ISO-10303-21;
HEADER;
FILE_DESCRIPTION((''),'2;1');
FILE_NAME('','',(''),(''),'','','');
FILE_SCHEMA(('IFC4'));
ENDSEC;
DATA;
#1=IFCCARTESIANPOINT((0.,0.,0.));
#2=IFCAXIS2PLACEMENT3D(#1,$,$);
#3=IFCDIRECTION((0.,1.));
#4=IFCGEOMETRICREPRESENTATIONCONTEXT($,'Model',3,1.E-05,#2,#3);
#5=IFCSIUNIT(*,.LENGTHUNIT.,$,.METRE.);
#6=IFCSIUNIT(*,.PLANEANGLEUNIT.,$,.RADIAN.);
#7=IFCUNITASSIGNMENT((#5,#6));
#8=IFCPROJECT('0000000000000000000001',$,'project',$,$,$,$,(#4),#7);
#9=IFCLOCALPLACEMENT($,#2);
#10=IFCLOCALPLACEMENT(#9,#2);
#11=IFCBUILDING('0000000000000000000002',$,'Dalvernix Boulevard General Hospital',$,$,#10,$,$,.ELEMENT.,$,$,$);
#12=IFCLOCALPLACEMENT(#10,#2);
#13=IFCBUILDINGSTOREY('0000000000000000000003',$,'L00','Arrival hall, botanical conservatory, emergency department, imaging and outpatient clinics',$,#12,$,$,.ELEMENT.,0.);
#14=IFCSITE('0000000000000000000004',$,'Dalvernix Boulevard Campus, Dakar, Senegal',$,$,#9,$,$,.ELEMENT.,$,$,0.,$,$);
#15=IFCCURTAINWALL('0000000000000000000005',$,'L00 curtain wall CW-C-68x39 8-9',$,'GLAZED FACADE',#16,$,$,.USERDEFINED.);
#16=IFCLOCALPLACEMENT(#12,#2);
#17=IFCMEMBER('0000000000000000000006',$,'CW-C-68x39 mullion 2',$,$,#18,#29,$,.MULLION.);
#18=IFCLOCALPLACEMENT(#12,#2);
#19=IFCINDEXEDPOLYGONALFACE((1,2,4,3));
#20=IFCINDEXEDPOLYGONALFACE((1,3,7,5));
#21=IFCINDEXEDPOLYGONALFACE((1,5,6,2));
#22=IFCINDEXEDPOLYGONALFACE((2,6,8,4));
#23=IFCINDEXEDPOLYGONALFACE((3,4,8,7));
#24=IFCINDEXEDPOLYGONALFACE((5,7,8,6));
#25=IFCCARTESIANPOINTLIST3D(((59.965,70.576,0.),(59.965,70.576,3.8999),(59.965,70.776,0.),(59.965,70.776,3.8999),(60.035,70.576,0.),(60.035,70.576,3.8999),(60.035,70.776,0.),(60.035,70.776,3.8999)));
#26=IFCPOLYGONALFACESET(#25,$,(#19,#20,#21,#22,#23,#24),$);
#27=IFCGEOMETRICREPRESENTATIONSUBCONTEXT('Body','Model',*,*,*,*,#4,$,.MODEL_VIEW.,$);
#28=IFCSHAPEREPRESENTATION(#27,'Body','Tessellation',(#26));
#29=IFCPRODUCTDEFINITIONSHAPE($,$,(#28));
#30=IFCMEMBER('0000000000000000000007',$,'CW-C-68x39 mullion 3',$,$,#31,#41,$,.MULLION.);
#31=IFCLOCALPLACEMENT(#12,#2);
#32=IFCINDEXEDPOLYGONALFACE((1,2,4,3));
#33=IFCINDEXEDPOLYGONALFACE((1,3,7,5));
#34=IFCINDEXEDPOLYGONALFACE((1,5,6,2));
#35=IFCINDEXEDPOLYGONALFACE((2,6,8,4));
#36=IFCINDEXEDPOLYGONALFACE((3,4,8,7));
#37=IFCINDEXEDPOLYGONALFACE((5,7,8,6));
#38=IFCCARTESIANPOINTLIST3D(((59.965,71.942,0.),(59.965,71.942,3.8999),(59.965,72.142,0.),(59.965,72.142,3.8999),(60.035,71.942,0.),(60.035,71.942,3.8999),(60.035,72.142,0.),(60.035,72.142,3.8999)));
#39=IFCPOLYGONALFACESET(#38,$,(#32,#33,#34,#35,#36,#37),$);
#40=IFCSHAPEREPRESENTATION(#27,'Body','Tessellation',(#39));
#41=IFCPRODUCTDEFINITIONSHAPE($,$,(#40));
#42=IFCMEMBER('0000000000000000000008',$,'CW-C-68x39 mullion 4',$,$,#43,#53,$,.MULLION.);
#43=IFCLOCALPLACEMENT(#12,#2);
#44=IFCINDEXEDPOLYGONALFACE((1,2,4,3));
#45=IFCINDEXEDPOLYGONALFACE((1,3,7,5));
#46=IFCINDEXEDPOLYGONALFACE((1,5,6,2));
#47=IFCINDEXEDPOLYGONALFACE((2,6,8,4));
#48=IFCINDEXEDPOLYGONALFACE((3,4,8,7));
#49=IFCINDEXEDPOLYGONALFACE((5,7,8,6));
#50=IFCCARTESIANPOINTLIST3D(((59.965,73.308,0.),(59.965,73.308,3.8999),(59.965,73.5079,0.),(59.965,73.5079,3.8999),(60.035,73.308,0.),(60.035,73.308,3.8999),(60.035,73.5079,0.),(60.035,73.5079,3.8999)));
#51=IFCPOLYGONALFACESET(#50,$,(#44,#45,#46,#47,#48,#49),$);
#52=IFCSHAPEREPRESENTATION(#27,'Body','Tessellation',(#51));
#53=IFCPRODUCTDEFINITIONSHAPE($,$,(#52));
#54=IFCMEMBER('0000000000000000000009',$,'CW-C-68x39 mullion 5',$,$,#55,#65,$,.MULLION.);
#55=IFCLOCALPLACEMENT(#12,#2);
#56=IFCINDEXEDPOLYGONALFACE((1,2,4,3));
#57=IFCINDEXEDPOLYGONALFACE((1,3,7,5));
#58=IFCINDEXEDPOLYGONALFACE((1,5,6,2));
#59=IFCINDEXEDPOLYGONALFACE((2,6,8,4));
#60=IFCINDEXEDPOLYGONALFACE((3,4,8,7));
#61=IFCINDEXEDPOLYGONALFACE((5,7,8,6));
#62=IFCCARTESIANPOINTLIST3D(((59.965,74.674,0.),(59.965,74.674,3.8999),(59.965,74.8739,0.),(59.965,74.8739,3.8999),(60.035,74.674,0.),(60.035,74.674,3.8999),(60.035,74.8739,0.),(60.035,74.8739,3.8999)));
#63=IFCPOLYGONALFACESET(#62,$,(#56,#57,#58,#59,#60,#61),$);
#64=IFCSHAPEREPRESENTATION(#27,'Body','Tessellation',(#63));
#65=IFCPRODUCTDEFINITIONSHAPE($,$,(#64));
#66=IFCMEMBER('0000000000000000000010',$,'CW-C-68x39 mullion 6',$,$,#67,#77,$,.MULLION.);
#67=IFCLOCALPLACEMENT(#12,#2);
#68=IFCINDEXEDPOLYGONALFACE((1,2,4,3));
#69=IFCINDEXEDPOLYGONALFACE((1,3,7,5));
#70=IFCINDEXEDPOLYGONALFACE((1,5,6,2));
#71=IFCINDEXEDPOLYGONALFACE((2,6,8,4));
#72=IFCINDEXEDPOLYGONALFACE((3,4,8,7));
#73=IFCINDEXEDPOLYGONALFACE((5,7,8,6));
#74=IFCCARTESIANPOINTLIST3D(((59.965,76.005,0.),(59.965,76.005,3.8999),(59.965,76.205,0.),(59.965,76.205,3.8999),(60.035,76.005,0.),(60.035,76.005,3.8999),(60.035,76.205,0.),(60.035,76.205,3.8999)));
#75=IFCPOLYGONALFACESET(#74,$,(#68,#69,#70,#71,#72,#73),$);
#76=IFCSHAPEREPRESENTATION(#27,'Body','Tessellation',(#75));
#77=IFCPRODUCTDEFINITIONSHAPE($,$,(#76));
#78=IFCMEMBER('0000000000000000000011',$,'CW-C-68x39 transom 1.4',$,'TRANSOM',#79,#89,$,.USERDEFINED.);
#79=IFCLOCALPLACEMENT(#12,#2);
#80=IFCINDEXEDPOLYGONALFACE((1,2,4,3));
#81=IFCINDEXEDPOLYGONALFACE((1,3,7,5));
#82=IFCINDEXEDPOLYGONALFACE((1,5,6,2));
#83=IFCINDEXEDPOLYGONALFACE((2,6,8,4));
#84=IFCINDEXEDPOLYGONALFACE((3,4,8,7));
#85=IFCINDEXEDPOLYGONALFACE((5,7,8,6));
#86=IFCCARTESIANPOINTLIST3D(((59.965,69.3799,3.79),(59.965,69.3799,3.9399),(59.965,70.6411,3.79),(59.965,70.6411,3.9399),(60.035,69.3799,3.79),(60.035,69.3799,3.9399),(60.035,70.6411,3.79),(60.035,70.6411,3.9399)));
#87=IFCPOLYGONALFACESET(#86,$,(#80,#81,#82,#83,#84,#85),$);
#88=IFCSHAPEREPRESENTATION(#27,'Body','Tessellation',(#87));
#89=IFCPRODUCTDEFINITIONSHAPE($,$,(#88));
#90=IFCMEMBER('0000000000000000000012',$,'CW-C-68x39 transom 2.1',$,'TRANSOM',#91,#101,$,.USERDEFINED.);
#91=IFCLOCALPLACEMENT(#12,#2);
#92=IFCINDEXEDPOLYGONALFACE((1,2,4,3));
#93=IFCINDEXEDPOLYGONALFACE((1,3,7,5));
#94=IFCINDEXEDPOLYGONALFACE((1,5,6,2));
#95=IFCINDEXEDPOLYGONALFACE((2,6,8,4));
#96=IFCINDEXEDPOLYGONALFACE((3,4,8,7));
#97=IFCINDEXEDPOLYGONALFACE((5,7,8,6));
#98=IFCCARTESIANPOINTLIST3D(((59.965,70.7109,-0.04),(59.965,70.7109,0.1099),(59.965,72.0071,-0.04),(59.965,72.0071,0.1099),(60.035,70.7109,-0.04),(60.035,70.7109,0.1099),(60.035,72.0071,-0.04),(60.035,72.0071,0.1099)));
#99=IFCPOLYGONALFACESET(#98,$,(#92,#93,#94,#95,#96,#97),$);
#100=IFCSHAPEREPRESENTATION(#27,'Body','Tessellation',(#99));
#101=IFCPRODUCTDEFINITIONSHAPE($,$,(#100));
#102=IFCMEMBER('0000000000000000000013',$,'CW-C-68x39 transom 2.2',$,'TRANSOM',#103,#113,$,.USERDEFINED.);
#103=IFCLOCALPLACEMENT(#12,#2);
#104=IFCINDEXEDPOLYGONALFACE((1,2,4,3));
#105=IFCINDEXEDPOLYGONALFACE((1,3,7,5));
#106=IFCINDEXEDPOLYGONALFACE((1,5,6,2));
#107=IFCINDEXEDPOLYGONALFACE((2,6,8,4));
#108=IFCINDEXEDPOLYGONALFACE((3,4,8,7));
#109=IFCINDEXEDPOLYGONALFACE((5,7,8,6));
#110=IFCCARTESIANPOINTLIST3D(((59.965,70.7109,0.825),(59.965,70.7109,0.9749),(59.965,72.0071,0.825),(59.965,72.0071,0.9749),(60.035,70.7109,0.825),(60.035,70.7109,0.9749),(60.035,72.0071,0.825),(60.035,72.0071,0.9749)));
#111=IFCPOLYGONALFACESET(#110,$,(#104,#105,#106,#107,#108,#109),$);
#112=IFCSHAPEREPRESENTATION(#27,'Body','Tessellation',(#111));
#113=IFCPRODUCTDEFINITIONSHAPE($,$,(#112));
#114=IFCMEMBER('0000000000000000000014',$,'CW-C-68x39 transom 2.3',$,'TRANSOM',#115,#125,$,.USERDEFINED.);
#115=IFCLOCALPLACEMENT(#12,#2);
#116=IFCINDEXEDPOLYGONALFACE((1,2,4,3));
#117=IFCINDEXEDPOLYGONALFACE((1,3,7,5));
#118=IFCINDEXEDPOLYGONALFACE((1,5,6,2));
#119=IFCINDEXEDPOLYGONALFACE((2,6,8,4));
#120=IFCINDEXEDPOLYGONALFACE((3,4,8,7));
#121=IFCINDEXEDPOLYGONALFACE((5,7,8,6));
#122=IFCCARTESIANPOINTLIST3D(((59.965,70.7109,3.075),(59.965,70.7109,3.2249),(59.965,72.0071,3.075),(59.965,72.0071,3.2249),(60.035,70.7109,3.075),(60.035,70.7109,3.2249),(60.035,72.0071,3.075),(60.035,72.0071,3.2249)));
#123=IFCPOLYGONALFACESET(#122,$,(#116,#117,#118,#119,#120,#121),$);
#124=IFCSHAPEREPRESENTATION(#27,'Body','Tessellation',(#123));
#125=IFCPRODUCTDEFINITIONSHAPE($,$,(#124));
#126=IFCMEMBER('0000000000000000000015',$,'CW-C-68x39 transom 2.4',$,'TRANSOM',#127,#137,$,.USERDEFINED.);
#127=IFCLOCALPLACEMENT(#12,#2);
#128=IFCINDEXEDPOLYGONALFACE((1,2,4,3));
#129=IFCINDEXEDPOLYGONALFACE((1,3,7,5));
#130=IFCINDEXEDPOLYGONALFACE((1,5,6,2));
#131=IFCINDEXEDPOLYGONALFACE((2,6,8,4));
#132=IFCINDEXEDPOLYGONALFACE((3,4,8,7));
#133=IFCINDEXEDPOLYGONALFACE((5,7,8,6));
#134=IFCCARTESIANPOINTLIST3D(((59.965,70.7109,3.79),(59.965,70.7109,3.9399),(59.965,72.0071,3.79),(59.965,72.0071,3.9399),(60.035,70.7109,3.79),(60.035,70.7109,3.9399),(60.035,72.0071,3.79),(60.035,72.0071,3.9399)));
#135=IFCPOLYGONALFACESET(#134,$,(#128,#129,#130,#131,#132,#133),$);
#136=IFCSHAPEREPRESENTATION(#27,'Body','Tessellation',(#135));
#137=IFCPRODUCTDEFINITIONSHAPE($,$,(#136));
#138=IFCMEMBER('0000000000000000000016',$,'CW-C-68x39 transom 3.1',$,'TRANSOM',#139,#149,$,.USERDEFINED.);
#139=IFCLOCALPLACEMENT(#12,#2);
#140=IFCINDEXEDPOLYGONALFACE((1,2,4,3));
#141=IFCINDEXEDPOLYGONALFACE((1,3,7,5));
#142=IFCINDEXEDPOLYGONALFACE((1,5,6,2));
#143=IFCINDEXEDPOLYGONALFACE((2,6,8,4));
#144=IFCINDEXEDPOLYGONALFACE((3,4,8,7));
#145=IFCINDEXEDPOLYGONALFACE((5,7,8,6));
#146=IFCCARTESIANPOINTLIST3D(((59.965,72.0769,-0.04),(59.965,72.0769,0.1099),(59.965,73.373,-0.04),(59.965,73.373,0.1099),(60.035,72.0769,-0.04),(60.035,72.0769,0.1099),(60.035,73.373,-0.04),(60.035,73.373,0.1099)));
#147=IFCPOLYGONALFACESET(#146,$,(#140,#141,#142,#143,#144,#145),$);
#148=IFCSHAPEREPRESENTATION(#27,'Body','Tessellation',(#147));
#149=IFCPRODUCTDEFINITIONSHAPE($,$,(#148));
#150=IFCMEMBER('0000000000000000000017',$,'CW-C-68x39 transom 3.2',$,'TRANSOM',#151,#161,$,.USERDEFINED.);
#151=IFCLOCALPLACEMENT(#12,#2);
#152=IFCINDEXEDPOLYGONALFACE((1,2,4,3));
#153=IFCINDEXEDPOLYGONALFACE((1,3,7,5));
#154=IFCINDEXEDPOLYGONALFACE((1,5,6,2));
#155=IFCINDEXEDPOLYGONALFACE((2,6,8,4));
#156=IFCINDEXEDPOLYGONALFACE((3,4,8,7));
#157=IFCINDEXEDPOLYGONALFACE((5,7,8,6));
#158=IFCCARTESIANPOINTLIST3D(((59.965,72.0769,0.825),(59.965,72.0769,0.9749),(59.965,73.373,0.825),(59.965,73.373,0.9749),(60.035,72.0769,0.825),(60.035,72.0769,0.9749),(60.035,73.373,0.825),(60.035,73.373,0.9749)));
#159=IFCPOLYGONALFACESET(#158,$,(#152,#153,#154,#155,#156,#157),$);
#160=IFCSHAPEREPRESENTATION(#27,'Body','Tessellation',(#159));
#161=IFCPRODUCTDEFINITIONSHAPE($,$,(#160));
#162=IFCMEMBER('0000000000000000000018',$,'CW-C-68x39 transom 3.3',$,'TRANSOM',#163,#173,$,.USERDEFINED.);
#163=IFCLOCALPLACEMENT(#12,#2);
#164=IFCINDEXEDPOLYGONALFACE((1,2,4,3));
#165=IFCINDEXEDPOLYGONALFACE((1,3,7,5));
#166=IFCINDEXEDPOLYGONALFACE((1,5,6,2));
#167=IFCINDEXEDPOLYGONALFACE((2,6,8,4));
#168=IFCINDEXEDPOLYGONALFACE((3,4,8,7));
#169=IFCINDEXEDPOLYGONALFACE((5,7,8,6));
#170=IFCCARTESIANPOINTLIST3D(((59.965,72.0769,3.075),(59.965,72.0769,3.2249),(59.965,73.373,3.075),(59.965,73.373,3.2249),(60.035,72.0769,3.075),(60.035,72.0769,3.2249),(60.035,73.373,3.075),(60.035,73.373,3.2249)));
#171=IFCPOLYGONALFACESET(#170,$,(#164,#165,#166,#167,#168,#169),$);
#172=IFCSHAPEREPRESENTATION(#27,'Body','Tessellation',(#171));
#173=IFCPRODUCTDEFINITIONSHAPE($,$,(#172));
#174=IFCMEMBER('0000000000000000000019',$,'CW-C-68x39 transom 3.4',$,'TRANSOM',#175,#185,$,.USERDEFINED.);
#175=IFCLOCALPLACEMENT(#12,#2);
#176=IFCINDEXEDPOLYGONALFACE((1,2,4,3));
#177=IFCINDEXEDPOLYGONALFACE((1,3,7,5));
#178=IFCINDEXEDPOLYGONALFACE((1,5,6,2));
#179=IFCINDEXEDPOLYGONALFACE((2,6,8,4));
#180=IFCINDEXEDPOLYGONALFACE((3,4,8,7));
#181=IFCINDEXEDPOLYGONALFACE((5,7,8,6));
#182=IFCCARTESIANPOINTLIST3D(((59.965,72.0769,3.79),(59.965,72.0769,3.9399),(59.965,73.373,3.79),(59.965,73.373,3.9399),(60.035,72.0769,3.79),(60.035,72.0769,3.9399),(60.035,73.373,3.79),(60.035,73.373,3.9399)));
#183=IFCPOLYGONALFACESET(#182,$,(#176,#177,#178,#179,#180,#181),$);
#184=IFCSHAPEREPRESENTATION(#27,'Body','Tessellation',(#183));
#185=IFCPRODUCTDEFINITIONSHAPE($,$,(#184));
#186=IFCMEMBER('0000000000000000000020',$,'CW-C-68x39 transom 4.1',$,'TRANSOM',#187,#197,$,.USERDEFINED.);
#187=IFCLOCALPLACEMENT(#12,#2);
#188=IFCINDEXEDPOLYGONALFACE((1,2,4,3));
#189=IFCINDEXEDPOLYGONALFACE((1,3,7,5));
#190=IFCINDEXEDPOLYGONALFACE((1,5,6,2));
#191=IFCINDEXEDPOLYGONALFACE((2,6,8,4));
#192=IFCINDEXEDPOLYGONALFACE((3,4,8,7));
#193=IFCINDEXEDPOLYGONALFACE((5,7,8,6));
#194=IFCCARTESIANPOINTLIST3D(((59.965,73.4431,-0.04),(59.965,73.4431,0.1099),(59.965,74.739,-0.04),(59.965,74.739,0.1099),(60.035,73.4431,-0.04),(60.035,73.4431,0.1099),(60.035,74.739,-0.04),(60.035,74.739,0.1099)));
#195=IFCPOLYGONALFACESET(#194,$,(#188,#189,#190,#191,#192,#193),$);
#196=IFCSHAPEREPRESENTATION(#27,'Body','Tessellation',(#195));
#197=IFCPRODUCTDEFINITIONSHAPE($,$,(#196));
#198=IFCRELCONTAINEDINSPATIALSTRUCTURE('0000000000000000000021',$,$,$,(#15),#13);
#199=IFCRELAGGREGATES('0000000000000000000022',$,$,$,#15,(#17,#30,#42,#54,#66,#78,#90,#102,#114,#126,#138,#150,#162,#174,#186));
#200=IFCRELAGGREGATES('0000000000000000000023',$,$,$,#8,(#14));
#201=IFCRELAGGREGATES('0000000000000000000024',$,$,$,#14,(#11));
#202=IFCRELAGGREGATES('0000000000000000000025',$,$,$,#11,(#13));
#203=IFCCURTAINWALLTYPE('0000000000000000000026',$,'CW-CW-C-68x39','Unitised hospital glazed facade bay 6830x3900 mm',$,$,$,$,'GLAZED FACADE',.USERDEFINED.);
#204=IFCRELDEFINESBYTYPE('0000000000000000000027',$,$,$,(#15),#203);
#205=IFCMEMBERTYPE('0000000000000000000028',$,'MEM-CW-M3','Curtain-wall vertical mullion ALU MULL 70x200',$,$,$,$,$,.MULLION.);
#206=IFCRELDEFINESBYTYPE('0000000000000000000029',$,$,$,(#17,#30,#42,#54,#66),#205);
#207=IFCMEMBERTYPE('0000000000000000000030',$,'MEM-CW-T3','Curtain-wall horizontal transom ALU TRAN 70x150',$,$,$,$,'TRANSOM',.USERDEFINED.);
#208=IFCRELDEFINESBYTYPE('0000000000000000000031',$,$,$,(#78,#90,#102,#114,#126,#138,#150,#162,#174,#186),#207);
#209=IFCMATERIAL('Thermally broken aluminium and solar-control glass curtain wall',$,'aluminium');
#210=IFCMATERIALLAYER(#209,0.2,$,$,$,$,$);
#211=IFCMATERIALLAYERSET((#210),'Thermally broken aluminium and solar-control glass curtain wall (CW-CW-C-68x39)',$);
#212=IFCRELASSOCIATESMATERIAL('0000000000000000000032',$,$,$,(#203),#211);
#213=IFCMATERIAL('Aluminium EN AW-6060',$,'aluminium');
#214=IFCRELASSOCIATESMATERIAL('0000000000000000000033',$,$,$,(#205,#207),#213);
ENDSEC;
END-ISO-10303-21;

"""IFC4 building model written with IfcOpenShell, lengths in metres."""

from ifc_helpers import new_model, si_unit, direction, frame, origin, origin_2d, place, context, subcontext, project, spatial, rectangle, extrude, material, layer, layer_set, material_profile, profile_set, type_object, element, aggregate, save


model = new_model("IFC4")

# Units and contexts
model_context = context("Model", 3, precision=1e-05, world=origin(), true_north=direction((0.0, 1.0)))
body_context = subcontext(model_context, "Body", "Model", "MODEL_VIEW")
ifc_project = project(units=[si_unit("LENGTHUNIT", "METRE"), si_unit("PLANEANGLEUNIT", "RADIAN")], contexts=[model_context])

# Site, building, storey
site_placement = place(None, origin())
site = spatial("IfcSite", under=ifc_project, at=site_placement, Name="Dalvernix Boulevard Campus, Dakar, Senegal", CompositionType="ELEMENT", RefElevation=0.0)
building_placement = place(site_placement, origin())
building = spatial("IfcBuilding", under=site, at=building_placement, Name="Dalvernix Boulevard General Hospital", CompositionType="ELEMENT")
storey_placement = place(building_placement, origin())
storey = spatial("IfcBuildingStorey", under=building, at=storey_placement, Name="L00", Description="Arrival hall, botanical conservatory, emergency department, imaging and outpatient clinics", CompositionType="ELEMENT", Elevation=0.0)

# Curtain wall, members
ifc_material_1 = material(Name="Thermally broken aluminium and solar-control glass curtain wall", Category="aluminium")
ifc_layer_1 = layer(ifc_material_1, 0.2)
ifc_layer_set_1 = layer_set([ifc_layer_1], Name="Thermally broken aluminium and solar-control glass curtain wall (CW-CW-C-68x39)")
curtain_wall_type = type_object("IfcCurtainWallType", Name="CW-CW-C-68x39", Description="Unitised hospital glazed facade bay 6830x3900 mm", ElementType="GLAZED FACADE", PredefinedType="USERDEFINED", material=ifc_layer_set_1)
curtain_wall_placement = place(storey_placement, origin())
curtain_wall = element("IfcCurtainWall", 1, at=curtain_wall_placement, inside=storey, type_object=curtain_wall_type, Name="L00 curtain wall CW-C-68x39 8-9", ObjectType="GLAZED FACADE", PredefinedType="USERDEFINED")
ifc_material_2 = material(Name="Aluminium EN AW-6060", Category="aluminium")
ifc_material_profile_1 = material_profile(ifc_material_2, rectangle(XDim=0.0701, YDim=0.2, at=origin_2d()), Name="ALU MULL 70x200")
ifc_profile_set_1 = profile_set([ifc_material_profile_1], Name="Aluminium EN AW-6060")
member_type_1 = type_object("IfcMemberType", Name="MEM-CW-M3", Description="Curtain-wall vertical mullion ALU MULL 70x200", PredefinedType="MULLION", material=ifc_profile_set_1)
member_1_placement = place(storey_placement, frame((60.0, 70.676, 0.0), z_axis=(0.0, 0.0, 1.0), x_axis=(-1.0, 0.0, 0.0)))
member_1 = element("IfcMember", 2, at=member_1_placement, type_object=member_type_1, Name="CW-C-68x39 mullion 2", PredefinedType="MULLION", context=body_context, shape_type="SweptSolid", body=[
    extrude(rectangle(XDim=0.0701, YDim=0.2, at=origin_2d()), origin(), (0.0, 0.0, 1.0), 3.8999),
])
member_2_placement = place(storey_placement, frame((60.0, 72.042, 0.0), z_axis=(0.0, 0.0, 1.0), x_axis=(-1.0, 0.0, 0.0)))
member_2 = element("IfcMember", 3, at=member_2_placement, type_object=member_type_1, Name="CW-C-68x39 mullion 3", PredefinedType="MULLION", context=body_context, shape_type="SweptSolid", body=[
    extrude(rectangle(XDim=0.0701, YDim=0.2, at=origin_2d()), origin(), (0.0, 0.0, 1.0), 3.8999),
])
member_3_placement = place(storey_placement, frame((60.0, 73.408, 0.0), z_axis=(0.0, 0.0, 1.0), x_axis=(-1.0, 0.0, 0.0)))
member_3 = element("IfcMember", 4, at=member_3_placement, type_object=member_type_1, Name="CW-C-68x39 mullion 4", PredefinedType="MULLION", context=body_context, shape_type="SweptSolid", body=[
    extrude(rectangle(XDim=0.0701, YDim=0.2, at=origin_2d()), origin(), (0.0, 0.0, 1.0), 3.8999),
])
member_4_placement = place(storey_placement, frame((60.0, 74.7739, 0.0), z_axis=(0.0, 0.0, 1.0), x_axis=(-1.0, 0.0, 0.0)))
member_4 = element("IfcMember", 5, at=member_4_placement, type_object=member_type_1, Name="CW-C-68x39 mullion 5", PredefinedType="MULLION", context=body_context, shape_type="SweptSolid", body=[
    extrude(rectangle(XDim=0.0701, YDim=0.2, at=origin_2d()), origin(), (0.0, 0.0, 1.0), 3.8999),
])
member_5_placement = place(storey_placement, frame((60.0, 76.105, 0.0), z_axis=(0.0, 0.0, 1.0), x_axis=(-1.0, 0.0, 0.0)))
member_5 = element("IfcMember", 6, at=member_5_placement, type_object=member_type_1, Name="CW-C-68x39 mullion 6", PredefinedType="MULLION", context=body_context, shape_type="SweptSolid", body=[
    extrude(rectangle(XDim=0.0701, YDim=0.2, at=origin_2d()), origin(), (0.0, 0.0, 1.0), 3.8999),
])
ifc_material_profile_2 = material_profile(ifc_material_2, rectangle(XDim=0.0701, YDim=0.1499, at=origin_2d()), Name="ALU TRAN 70x150")
ifc_profile_set_2 = profile_set([ifc_material_profile_2], Name="Aluminium EN AW-6060")
member_type_2 = type_object("IfcMemberType", Name="MEM-CW-T3", Description="Curtain-wall horizontal transom ALU TRAN 70x150", ElementType="TRANSOM", PredefinedType="USERDEFINED", material=ifc_profile_set_2)
member_6_placement = place(storey_placement, frame((60.0, 69.3799, 3.865), z_axis=(0.0, 1.0, 0.0), x_axis=(-1.0, 0.0, 0.0)))
member_6 = element("IfcMember", 7, at=member_6_placement, type_object=member_type_2, Name="CW-C-68x39 transom 1.4", ObjectType="TRANSOM", PredefinedType="USERDEFINED", context=body_context, shape_type="SweptSolid", body=[
    extrude(rectangle(XDim=0.0701, YDim=0.1499, at=origin_2d()), origin(), (0.0, 0.0, 1.0), 1.2612),
])
member_7_placement = place(storey_placement, frame((60.0, 70.7109, 0.0349), z_axis=(0.0, 1.0, 0.0), x_axis=(-1.0, 0.0, 0.0)))
member_7 = element("IfcMember", 8, at=member_7_placement, type_object=member_type_2, Name="CW-C-68x39 transom 2.1", ObjectType="TRANSOM", PredefinedType="USERDEFINED", context=body_context, shape_type="SweptSolid", body=[
    extrude(rectangle(XDim=0.0701, YDim=0.1499, at=origin_2d()), origin(), (0.0, 0.0, 1.0), 1.2961),
])
member_8_placement = place(storey_placement, frame((60.0, 70.7109, 0.8999), z_axis=(0.0, 1.0, 0.0), x_axis=(-1.0, 0.0, 0.0)))
member_8 = element("IfcMember", 9, at=member_8_placement, type_object=member_type_2, Name="CW-C-68x39 transom 2.2", ObjectType="TRANSOM", PredefinedType="USERDEFINED", context=body_context, shape_type="SweptSolid", body=[
    extrude(rectangle(XDim=0.0701, YDim=0.1499, at=origin_2d()), origin(), (0.0, 0.0, 1.0), 1.2961),
])
member_9_placement = place(storey_placement, frame((60.0, 70.7109, 3.1499), z_axis=(0.0, 1.0, 0.0), x_axis=(-1.0, 0.0, 0.0)))
member_9 = element("IfcMember", 10, at=member_9_placement, type_object=member_type_2, Name="CW-C-68x39 transom 2.3", ObjectType="TRANSOM", PredefinedType="USERDEFINED", context=body_context, shape_type="SweptSolid", body=[
    extrude(rectangle(XDim=0.0701, YDim=0.1499, at=origin_2d()), origin(), (0.0, 0.0, 1.0), 1.2961),
])
member_10_placement = place(storey_placement, frame((60.0, 70.7109, 3.865), z_axis=(0.0, 1.0, 0.0), x_axis=(-1.0, 0.0, 0.0)))
member_10 = element("IfcMember", 11, at=member_10_placement, type_object=member_type_2, Name="CW-C-68x39 transom 2.4", ObjectType="TRANSOM", PredefinedType="USERDEFINED", context=body_context, shape_type="SweptSolid", body=[
    extrude(rectangle(XDim=0.0701, YDim=0.1499, at=origin_2d()), origin(), (0.0, 0.0, 1.0), 1.2961),
])
member_11_placement = place(storey_placement, frame((60.0, 72.0769, 0.0349), z_axis=(0.0, 1.0, 0.0), x_axis=(-1.0, 0.0, 0.0)))
member_11 = element("IfcMember", 12, at=member_11_placement, type_object=member_type_2, Name="CW-C-68x39 transom 3.1", ObjectType="TRANSOM", PredefinedType="USERDEFINED", context=body_context, shape_type="SweptSolid", body=[
    extrude(rectangle(XDim=0.0701, YDim=0.1499, at=origin_2d()), origin(), (0.0, 0.0, 1.0), 1.2961),
])
member_12_placement = place(storey_placement, frame((60.0, 72.0769, 0.8999), z_axis=(0.0, 1.0, 0.0), x_axis=(-1.0, 0.0, 0.0)))
member_12 = element("IfcMember", 13, at=member_12_placement, type_object=member_type_2, Name="CW-C-68x39 transom 3.2", ObjectType="TRANSOM", PredefinedType="USERDEFINED", context=body_context, shape_type="SweptSolid", body=[
    extrude(rectangle(XDim=0.0701, YDim=0.1499, at=origin_2d()), origin(), (0.0, 0.0, 1.0), 1.2961),
])
member_13_placement = place(storey_placement, frame((60.0, 72.0769, 3.1499), z_axis=(0.0, 1.0, 0.0), x_axis=(-1.0, 0.0, 0.0)))
member_13 = element("IfcMember", 14, at=member_13_placement, type_object=member_type_2, Name="CW-C-68x39 transom 3.3", ObjectType="TRANSOM", PredefinedType="USERDEFINED", context=body_context, shape_type="SweptSolid", body=[
    extrude(rectangle(XDim=0.0701, YDim=0.1499, at=origin_2d()), origin(), (0.0, 0.0, 1.0), 1.2961),
])
member_14_placement = place(storey_placement, frame((60.0, 72.0769, 3.865), z_axis=(0.0, 1.0, 0.0), x_axis=(-1.0, 0.0, 0.0)))
member_14 = element("IfcMember", 15, at=member_14_placement, type_object=member_type_2, Name="CW-C-68x39 transom 3.4", ObjectType="TRANSOM", PredefinedType="USERDEFINED", context=body_context, shape_type="SweptSolid", body=[
    extrude(rectangle(XDim=0.0701, YDim=0.1499, at=origin_2d()), origin(), (0.0, 0.0, 1.0), 1.2961),
])
member_15_placement = place(storey_placement, frame((60.0, 73.4431, 0.0349), z_axis=(0.0, 1.0, 0.0), x_axis=(-1.0, 0.0, 0.0)))
member_15 = element("IfcMember", 16, at=member_15_placement, type_object=member_type_2, Name="CW-C-68x39 transom 4.1", ObjectType="TRANSOM", PredefinedType="USERDEFINED", context=body_context, shape_type="SweptSolid", body=[
    extrude(rectangle(XDim=0.0701, YDim=0.1499, at=origin_2d()), origin(), (0.0, 0.0, 1.0), 1.2959),
])
aggregate(curtain_wall, [member_1, member_2, member_3, member_4, member_5, member_6, member_7, member_8, member_9, member_10, member_11, member_12, member_13, member_14, member_15])

save(model, "model.ifc")
